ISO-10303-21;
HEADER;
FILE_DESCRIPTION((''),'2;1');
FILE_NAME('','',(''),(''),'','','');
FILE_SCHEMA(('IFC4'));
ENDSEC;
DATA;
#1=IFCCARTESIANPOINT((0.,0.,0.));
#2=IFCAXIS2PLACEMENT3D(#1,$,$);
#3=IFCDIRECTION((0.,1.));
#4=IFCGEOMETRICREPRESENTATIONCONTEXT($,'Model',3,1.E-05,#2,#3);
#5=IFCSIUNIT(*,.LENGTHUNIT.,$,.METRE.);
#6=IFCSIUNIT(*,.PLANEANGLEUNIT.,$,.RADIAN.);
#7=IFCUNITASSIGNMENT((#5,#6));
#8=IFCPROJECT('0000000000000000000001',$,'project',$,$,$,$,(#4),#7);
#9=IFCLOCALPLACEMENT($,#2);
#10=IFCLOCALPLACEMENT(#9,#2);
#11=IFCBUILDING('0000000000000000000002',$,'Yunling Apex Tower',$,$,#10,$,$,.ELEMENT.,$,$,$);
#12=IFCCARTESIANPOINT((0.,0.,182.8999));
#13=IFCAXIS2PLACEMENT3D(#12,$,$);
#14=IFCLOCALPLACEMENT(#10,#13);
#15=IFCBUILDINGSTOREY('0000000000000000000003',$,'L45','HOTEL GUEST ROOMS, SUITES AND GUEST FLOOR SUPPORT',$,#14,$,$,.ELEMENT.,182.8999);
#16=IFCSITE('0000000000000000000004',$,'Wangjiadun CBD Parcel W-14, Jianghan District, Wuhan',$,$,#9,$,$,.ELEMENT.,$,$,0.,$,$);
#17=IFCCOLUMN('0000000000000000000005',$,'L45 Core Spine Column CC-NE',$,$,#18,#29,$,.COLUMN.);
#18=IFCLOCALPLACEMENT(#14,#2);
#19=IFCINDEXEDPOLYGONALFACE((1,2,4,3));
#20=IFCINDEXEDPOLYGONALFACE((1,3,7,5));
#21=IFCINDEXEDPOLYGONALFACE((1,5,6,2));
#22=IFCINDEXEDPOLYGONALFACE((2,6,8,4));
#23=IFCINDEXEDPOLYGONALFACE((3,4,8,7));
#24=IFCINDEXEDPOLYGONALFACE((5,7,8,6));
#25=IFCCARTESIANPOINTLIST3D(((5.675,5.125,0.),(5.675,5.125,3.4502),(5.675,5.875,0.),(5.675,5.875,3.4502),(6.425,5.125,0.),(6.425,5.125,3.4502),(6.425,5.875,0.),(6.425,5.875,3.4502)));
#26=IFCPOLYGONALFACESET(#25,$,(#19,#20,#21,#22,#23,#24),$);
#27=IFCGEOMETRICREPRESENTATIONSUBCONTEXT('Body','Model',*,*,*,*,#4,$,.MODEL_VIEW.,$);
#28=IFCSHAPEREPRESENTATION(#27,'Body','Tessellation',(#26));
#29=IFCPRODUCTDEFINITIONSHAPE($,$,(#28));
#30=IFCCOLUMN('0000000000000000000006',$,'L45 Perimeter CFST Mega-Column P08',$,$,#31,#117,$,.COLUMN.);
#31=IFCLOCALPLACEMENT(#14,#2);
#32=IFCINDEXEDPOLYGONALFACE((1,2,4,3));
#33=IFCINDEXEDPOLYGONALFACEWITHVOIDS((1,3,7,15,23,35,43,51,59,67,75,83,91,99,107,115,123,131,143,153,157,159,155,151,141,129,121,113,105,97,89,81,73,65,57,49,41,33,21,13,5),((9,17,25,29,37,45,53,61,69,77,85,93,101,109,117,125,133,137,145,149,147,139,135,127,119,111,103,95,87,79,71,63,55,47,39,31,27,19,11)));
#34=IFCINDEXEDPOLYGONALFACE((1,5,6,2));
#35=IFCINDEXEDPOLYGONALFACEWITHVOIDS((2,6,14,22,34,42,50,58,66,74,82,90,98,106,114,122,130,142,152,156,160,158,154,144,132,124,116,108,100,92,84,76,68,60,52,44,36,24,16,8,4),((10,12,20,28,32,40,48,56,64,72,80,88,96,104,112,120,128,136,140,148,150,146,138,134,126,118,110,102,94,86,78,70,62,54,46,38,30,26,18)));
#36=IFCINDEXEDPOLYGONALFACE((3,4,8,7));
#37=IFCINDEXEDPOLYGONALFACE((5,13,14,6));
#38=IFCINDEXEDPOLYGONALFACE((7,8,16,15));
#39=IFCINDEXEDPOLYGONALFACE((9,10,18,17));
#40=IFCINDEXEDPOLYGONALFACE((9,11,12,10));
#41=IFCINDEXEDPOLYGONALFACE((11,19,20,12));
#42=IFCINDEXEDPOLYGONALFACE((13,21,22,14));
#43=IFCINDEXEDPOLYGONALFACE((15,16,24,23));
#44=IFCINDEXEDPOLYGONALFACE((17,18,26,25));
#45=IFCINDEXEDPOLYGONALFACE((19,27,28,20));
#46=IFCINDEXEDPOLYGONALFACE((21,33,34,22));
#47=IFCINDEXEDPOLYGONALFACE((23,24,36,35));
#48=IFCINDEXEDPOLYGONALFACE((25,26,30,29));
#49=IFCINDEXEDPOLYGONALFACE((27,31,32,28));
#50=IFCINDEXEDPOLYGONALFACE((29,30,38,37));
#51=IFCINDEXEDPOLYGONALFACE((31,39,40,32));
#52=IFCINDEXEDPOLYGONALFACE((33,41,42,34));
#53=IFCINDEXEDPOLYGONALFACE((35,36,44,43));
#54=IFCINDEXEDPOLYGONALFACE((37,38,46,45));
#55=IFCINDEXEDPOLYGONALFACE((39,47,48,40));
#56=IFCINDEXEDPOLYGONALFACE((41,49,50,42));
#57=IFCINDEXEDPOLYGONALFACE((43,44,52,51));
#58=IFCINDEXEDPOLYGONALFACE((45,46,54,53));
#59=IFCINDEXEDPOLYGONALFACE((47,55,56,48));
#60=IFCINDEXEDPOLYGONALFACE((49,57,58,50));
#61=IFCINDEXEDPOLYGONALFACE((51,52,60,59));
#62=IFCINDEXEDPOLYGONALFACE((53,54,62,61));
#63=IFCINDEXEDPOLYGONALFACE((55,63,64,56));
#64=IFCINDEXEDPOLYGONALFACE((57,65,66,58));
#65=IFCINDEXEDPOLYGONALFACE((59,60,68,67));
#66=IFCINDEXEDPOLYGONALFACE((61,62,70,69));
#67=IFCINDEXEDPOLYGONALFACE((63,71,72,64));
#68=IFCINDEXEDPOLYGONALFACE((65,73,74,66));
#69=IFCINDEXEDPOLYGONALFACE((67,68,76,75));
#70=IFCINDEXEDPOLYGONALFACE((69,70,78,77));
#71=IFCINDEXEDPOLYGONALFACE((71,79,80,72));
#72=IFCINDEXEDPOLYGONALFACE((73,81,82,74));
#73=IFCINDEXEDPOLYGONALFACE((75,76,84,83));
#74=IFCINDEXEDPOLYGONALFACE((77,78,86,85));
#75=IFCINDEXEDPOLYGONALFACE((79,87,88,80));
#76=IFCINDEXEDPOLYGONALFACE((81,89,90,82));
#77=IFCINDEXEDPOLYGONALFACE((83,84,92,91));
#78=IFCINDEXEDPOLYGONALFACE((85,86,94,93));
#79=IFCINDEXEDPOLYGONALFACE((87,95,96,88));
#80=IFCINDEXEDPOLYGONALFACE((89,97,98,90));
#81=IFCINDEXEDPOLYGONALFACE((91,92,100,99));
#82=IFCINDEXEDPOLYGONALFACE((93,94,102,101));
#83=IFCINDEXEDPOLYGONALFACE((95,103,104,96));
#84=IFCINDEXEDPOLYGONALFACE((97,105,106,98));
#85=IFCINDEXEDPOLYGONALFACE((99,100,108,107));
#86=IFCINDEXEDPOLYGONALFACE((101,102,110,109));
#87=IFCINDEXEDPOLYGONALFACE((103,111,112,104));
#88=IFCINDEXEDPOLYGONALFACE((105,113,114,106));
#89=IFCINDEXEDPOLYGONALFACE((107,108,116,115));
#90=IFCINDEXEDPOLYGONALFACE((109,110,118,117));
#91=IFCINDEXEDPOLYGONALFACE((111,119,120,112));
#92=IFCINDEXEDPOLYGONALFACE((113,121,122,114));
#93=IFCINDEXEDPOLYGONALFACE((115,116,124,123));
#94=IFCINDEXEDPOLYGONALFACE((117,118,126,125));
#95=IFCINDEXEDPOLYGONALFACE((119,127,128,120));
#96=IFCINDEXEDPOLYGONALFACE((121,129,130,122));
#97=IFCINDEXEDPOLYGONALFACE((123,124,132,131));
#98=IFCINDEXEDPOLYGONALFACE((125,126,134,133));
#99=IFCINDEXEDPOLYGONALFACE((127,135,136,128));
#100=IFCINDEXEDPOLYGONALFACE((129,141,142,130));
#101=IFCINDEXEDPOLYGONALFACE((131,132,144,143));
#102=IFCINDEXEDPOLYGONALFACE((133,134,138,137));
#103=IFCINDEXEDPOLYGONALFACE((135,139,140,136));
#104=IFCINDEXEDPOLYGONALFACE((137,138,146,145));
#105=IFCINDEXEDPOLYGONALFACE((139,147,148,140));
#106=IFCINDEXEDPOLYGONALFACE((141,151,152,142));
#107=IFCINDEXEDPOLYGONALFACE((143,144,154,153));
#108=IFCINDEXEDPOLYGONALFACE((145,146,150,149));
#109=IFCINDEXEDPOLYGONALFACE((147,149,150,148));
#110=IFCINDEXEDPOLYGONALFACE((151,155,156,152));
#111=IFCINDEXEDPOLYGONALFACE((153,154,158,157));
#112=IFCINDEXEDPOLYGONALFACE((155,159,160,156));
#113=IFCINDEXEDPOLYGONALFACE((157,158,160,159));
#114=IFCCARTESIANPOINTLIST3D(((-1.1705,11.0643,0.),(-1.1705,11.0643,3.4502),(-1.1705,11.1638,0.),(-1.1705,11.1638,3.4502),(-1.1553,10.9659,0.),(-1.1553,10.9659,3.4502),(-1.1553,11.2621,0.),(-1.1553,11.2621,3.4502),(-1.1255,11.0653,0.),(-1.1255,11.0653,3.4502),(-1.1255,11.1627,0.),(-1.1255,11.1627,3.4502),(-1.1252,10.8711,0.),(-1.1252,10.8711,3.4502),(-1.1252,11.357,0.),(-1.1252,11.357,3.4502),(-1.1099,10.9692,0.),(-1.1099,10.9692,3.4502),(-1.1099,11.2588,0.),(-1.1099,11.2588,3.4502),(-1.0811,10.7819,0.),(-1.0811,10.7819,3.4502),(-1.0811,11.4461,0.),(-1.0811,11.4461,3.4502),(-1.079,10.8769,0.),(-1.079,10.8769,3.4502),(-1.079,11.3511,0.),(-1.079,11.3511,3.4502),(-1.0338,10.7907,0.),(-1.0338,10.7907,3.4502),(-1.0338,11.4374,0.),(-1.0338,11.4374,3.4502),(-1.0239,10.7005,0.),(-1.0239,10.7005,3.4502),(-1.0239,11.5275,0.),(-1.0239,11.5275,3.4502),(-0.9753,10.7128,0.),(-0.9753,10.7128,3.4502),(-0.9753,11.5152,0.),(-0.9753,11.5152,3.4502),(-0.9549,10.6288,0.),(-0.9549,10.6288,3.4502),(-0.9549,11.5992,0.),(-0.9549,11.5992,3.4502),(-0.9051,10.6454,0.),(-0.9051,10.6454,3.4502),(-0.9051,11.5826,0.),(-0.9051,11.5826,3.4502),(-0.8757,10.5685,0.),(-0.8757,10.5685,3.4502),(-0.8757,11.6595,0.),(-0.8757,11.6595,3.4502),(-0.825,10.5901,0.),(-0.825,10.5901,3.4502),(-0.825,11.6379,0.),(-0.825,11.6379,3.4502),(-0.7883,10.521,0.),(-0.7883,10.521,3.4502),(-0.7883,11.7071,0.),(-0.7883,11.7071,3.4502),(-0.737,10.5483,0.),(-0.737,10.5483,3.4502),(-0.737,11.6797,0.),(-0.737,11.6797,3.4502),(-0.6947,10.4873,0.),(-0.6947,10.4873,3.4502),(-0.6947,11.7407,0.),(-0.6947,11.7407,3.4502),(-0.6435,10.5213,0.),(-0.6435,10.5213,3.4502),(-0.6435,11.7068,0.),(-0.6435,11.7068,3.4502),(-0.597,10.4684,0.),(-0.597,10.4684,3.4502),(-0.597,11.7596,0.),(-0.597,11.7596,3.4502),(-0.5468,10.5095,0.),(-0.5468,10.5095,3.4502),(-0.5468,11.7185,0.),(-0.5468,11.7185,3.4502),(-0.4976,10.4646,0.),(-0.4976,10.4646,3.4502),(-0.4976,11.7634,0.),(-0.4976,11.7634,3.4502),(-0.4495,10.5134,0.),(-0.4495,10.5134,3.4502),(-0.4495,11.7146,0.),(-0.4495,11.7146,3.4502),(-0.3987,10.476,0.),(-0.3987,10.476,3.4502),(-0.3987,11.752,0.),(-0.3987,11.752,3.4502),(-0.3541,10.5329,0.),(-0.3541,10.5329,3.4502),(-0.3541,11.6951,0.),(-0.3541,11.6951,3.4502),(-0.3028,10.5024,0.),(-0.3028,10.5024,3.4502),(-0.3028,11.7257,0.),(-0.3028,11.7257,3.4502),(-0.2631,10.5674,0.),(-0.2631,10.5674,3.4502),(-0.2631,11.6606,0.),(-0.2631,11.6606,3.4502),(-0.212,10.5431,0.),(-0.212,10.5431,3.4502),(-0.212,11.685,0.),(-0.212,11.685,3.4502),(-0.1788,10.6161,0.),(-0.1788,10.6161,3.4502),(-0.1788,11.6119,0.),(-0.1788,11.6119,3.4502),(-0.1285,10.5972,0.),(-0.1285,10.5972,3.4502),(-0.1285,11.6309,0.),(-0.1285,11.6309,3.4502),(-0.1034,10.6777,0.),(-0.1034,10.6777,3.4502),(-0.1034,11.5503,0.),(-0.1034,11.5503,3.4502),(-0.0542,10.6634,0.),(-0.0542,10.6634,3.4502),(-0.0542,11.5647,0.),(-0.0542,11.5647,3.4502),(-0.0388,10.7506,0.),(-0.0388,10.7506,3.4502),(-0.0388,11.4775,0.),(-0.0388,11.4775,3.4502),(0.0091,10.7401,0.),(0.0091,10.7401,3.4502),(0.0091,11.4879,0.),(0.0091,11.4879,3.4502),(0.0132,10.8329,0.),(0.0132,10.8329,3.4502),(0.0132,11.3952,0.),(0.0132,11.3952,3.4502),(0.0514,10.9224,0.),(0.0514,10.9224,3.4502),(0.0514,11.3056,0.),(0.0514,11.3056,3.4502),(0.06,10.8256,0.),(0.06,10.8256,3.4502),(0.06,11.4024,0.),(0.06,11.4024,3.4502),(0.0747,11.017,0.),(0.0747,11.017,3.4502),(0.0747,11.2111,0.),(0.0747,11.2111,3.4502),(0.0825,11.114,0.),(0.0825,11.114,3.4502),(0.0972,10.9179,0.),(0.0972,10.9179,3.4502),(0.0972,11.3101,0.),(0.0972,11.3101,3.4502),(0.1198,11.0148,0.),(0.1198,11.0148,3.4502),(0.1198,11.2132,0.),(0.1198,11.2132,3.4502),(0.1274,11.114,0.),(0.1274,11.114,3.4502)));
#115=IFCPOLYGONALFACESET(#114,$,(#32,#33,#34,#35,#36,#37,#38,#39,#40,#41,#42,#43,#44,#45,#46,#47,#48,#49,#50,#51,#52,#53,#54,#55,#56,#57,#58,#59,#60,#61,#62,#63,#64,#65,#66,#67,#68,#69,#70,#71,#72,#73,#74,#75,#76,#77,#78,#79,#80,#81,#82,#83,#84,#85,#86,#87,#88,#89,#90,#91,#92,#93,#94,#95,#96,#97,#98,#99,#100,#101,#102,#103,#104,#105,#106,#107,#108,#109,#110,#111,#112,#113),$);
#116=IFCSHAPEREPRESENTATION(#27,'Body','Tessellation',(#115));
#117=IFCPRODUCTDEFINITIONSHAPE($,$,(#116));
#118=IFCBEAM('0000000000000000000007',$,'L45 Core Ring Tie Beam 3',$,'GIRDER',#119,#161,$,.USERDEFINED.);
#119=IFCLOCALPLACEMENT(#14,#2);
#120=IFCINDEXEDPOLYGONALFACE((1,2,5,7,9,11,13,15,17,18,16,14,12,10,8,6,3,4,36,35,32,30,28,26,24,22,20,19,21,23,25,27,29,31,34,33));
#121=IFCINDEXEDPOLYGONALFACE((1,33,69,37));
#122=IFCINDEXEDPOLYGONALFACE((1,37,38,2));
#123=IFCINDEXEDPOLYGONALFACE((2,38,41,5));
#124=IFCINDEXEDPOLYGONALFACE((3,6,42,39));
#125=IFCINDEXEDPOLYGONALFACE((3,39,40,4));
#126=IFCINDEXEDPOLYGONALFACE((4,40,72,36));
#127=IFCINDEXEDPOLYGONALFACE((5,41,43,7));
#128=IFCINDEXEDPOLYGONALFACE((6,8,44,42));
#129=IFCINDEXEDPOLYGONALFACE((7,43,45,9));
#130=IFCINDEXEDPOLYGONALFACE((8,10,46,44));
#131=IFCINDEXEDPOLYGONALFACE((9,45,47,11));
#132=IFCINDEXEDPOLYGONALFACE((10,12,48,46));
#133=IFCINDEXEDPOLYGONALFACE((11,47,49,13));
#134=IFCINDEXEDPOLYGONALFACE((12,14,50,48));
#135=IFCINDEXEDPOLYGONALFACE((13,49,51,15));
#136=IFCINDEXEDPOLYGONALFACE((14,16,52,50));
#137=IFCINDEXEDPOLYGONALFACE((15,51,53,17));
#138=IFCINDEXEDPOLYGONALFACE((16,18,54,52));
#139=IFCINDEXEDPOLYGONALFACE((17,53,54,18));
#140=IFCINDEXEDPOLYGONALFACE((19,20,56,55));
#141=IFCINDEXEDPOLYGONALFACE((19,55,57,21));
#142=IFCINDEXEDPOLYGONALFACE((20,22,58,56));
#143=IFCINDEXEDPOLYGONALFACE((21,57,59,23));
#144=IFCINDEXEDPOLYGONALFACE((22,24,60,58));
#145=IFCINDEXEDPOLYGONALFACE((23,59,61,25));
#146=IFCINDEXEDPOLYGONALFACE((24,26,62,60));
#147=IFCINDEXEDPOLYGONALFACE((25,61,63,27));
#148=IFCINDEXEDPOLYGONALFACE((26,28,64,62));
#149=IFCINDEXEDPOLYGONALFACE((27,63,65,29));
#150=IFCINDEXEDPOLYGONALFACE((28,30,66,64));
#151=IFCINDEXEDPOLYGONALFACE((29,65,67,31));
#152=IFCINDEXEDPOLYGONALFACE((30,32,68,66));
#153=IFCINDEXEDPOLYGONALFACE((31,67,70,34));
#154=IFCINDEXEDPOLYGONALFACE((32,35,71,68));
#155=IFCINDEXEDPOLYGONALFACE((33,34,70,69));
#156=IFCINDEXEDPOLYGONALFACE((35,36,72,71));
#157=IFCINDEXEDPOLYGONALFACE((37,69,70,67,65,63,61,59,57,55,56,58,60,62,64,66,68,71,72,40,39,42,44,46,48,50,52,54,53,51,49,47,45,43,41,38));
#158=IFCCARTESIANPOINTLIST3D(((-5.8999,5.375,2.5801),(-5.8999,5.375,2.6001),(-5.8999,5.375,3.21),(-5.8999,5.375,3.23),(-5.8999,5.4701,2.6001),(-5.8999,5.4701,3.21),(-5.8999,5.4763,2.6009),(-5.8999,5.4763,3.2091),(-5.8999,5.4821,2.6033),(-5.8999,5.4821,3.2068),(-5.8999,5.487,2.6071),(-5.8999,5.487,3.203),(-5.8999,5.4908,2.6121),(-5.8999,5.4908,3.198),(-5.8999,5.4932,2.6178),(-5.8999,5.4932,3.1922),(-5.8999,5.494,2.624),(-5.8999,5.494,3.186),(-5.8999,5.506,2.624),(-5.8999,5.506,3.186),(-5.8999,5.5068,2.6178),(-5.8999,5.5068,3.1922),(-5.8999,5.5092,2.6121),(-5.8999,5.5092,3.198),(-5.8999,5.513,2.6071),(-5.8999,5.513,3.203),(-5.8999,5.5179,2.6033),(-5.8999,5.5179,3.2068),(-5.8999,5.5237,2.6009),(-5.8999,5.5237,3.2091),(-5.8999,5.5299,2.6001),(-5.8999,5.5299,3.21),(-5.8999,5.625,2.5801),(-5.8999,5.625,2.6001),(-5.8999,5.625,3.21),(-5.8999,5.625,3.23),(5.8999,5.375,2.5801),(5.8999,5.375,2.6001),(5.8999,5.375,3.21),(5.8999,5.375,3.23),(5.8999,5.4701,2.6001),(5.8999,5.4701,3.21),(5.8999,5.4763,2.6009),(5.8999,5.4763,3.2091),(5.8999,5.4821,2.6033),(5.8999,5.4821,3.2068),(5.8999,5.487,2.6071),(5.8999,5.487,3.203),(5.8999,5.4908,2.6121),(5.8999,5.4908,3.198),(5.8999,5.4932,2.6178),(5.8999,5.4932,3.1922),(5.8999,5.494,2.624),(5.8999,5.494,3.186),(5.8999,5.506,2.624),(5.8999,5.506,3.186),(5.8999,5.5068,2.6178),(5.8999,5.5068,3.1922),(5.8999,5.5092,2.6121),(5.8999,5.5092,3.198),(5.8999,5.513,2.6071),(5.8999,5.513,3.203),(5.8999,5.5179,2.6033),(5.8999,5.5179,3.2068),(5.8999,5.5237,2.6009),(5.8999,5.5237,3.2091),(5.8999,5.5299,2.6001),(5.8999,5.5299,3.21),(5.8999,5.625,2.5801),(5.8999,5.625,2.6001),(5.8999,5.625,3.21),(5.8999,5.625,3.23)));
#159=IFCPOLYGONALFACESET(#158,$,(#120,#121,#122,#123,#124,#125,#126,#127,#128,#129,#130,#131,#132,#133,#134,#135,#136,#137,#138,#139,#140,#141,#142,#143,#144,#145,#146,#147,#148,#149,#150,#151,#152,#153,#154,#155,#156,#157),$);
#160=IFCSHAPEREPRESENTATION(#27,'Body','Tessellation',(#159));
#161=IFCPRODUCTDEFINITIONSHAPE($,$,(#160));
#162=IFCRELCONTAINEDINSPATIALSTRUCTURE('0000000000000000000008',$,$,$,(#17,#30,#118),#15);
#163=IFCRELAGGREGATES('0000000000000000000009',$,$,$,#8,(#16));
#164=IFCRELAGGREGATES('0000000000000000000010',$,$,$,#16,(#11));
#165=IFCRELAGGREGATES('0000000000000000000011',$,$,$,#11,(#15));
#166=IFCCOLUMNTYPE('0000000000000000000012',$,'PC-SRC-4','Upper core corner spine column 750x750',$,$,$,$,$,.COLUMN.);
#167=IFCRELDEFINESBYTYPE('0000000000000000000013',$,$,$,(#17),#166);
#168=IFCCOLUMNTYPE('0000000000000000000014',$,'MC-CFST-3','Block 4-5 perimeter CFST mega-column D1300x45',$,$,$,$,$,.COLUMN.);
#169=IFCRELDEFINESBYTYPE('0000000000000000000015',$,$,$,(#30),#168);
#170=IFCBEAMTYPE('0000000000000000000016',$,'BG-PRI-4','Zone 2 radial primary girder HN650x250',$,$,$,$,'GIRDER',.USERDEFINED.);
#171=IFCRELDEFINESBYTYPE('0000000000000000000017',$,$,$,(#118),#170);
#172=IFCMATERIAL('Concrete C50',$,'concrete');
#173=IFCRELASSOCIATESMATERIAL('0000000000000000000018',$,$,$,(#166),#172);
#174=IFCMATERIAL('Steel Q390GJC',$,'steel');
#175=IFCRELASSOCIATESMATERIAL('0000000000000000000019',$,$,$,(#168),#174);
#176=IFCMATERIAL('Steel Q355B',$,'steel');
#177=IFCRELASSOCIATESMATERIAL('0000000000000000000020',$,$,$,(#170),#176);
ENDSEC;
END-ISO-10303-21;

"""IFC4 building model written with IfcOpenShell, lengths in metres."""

from ifc_helpers import new_model, si_unit, direction, frame, origin, origin_2d, place, context, subcontext, project, spatial, rectangle, hollow_circle, i_section, extrude, source, transform, mapped, material, material_profile, profile_set, type_object, element, save


model = new_model("IFC4")

# Units and contexts
model_context = context("Model", 3, precision=1e-05, world=origin(), true_north=direction((0.0, 1.0)))
body_context = subcontext(model_context, "Body", "Model", "MODEL_VIEW")
ifc_project = project(units=[si_unit("LENGTHUNIT", "METRE"), si_unit("PLANEANGLEUNIT", "RADIAN")], contexts=[model_context])

# Site, building, storey
site_placement = place(None, origin())
site = spatial("IfcSite", under=ifc_project, at=site_placement, Name="Wangjiadun CBD Parcel W-14, Jianghan District, Wuhan", CompositionType="ELEMENT", RefElevation=0.0)
building_placement = place(site_placement, origin())
building = spatial("IfcBuilding", under=site, at=building_placement, Name="Yunling Apex Tower", CompositionType="ELEMENT")
storey_placement = place(building_placement, frame((0.0, 0.0, 182.8999)))
storey = spatial("IfcBuildingStorey", under=building, at=storey_placement, Name="L45", Description="HOTEL GUEST ROOMS, SUITES AND GUEST FLOOR SUPPORT", CompositionType="ELEMENT", Elevation=182.8999)

# Columns
ifc_material_1 = material(Name="Concrete C50", Category="concrete")
ifc_material_profile_1 = material_profile(ifc_material_1, rectangle(XDim=0.75, YDim=0.75, at=origin_2d()))
ifc_profile_set_1 = profile_set([ifc_material_profile_1], Name="Concrete C50")
column_type_1 = type_object("IfcColumnType", Name="PC-SRC-4", Description="Upper core corner spine column 750x750", PredefinedType="COLUMN", material=ifc_profile_set_1)
shared_shape_1 = source(origin(), body_context, "Body", "SweptSolid", [
    extrude(rectangle(XDim=0.75, YDim=0.75, at=origin_2d()), origin(), (0.0, 0.0, 1.0), 3.4502),
])
column_1_placement = place(storey_placement, frame((6.05, 5.5, 0.0), z_axis=(0.0, 0.0, 1.0), x_axis=(1.0, 0.0, 0.0)))
element("IfcColumn", 1, at=column_1_placement, inside=storey, type_object=column_type_1, Name="L45 Core Spine Column CC-NE", PredefinedType="COLUMN", context=body_context, shape_type="MappedRepresentation", body=[
    mapped(shared_shape_1, transform((0.0, 0.0, 0.0), scale=1.0)),
])
ifc_material_2 = material(Name="Steel Q390GJC", Category="steel")
ifc_material_profile_2 = material_profile(ifc_material_2, hollow_circle(Radius=0.6499, WallThickness=0.0449, at=origin_2d()))
ifc_profile_set_2 = profile_set([ifc_material_profile_2], Name="Steel Q390GJC")
column_type_2 = type_object("IfcColumnType", Name="MC-CFST-3", Description="Block 4-5 perimeter CFST mega-column D1300x45", PredefinedType="COLUMN", material=ifc_profile_set_2)
shared_shape_2 = source(origin(), body_context, "Body", "SweptSolid", [
    extrude(hollow_circle(Radius=0.6499, WallThickness=0.0449, at=origin_2d()), origin(), (0.0, 0.0, 1.0), 3.4502),
])
column_2_placement = place(storey_placement, frame((-0.5225, 11.114, 0.0), z_axis=(0.0, 0.0, 1.0), x_axis=(1.0, 0.0, 0.0)))
element("IfcColumn", 2, at=column_2_placement, inside=storey, type_object=column_type_2, Name="L45 Perimeter CFST Mega-Column P08", PredefinedType="COLUMN", context=body_context, shape_type="MappedRepresentation", body=[
    mapped(shared_shape_2, transform((0.0, 0.0, 0.0), scale=1.0)),
])

# Beam
ifc_material_3 = material(Name="Steel Q355B", Category="steel")
ifc_material_profile_3 = material_profile(ifc_material_3, i_section(OverallWidth=0.25, OverallDepth=0.6499, WebThickness=0.012, FlangeThickness=0.02, FilletRadius=0.0239, at=origin_2d()))
ifc_profile_set_3 = profile_set([ifc_material_profile_3], Name="Steel Q355B")
beam_type_1 = type_object("IfcBeamType", Name="BG-PRI-4", Description="Zone 2 radial primary girder HN650x250", ElementType="GIRDER", PredefinedType="USERDEFINED", material=ifc_profile_set_3)
shared_shape_3 = source(origin(), body_context, "Body", "SweptSolid", [
    extrude(i_section(OverallWidth=0.25, OverallDepth=0.6499, WebThickness=0.012, FlangeThickness=0.02, FilletRadius=0.0239, at=origin_2d()), origin(), (0.0, 0.0, 1.0), 11.7998),
])
beam_1_placement = place(storey_placement, frame((5.8999, 5.5, 2.905), z_axis=(-1.0, 0.0, 0.0), x_axis=(0.0, -1.0, 0.0)))
element("IfcBeam", 3, at=beam_1_placement, inside=storey, type_object=beam_type_1, Name="L45 Core Ring Tie Beam 3", ObjectType="GIRDER", PredefinedType="USERDEFINED", context=body_context, shape_type="MappedRepresentation", body=[
    mapped(shared_shape_3, transform((0.0, 0.0, 0.0), scale=1.0)),
])

save(model, "model.ifc")
